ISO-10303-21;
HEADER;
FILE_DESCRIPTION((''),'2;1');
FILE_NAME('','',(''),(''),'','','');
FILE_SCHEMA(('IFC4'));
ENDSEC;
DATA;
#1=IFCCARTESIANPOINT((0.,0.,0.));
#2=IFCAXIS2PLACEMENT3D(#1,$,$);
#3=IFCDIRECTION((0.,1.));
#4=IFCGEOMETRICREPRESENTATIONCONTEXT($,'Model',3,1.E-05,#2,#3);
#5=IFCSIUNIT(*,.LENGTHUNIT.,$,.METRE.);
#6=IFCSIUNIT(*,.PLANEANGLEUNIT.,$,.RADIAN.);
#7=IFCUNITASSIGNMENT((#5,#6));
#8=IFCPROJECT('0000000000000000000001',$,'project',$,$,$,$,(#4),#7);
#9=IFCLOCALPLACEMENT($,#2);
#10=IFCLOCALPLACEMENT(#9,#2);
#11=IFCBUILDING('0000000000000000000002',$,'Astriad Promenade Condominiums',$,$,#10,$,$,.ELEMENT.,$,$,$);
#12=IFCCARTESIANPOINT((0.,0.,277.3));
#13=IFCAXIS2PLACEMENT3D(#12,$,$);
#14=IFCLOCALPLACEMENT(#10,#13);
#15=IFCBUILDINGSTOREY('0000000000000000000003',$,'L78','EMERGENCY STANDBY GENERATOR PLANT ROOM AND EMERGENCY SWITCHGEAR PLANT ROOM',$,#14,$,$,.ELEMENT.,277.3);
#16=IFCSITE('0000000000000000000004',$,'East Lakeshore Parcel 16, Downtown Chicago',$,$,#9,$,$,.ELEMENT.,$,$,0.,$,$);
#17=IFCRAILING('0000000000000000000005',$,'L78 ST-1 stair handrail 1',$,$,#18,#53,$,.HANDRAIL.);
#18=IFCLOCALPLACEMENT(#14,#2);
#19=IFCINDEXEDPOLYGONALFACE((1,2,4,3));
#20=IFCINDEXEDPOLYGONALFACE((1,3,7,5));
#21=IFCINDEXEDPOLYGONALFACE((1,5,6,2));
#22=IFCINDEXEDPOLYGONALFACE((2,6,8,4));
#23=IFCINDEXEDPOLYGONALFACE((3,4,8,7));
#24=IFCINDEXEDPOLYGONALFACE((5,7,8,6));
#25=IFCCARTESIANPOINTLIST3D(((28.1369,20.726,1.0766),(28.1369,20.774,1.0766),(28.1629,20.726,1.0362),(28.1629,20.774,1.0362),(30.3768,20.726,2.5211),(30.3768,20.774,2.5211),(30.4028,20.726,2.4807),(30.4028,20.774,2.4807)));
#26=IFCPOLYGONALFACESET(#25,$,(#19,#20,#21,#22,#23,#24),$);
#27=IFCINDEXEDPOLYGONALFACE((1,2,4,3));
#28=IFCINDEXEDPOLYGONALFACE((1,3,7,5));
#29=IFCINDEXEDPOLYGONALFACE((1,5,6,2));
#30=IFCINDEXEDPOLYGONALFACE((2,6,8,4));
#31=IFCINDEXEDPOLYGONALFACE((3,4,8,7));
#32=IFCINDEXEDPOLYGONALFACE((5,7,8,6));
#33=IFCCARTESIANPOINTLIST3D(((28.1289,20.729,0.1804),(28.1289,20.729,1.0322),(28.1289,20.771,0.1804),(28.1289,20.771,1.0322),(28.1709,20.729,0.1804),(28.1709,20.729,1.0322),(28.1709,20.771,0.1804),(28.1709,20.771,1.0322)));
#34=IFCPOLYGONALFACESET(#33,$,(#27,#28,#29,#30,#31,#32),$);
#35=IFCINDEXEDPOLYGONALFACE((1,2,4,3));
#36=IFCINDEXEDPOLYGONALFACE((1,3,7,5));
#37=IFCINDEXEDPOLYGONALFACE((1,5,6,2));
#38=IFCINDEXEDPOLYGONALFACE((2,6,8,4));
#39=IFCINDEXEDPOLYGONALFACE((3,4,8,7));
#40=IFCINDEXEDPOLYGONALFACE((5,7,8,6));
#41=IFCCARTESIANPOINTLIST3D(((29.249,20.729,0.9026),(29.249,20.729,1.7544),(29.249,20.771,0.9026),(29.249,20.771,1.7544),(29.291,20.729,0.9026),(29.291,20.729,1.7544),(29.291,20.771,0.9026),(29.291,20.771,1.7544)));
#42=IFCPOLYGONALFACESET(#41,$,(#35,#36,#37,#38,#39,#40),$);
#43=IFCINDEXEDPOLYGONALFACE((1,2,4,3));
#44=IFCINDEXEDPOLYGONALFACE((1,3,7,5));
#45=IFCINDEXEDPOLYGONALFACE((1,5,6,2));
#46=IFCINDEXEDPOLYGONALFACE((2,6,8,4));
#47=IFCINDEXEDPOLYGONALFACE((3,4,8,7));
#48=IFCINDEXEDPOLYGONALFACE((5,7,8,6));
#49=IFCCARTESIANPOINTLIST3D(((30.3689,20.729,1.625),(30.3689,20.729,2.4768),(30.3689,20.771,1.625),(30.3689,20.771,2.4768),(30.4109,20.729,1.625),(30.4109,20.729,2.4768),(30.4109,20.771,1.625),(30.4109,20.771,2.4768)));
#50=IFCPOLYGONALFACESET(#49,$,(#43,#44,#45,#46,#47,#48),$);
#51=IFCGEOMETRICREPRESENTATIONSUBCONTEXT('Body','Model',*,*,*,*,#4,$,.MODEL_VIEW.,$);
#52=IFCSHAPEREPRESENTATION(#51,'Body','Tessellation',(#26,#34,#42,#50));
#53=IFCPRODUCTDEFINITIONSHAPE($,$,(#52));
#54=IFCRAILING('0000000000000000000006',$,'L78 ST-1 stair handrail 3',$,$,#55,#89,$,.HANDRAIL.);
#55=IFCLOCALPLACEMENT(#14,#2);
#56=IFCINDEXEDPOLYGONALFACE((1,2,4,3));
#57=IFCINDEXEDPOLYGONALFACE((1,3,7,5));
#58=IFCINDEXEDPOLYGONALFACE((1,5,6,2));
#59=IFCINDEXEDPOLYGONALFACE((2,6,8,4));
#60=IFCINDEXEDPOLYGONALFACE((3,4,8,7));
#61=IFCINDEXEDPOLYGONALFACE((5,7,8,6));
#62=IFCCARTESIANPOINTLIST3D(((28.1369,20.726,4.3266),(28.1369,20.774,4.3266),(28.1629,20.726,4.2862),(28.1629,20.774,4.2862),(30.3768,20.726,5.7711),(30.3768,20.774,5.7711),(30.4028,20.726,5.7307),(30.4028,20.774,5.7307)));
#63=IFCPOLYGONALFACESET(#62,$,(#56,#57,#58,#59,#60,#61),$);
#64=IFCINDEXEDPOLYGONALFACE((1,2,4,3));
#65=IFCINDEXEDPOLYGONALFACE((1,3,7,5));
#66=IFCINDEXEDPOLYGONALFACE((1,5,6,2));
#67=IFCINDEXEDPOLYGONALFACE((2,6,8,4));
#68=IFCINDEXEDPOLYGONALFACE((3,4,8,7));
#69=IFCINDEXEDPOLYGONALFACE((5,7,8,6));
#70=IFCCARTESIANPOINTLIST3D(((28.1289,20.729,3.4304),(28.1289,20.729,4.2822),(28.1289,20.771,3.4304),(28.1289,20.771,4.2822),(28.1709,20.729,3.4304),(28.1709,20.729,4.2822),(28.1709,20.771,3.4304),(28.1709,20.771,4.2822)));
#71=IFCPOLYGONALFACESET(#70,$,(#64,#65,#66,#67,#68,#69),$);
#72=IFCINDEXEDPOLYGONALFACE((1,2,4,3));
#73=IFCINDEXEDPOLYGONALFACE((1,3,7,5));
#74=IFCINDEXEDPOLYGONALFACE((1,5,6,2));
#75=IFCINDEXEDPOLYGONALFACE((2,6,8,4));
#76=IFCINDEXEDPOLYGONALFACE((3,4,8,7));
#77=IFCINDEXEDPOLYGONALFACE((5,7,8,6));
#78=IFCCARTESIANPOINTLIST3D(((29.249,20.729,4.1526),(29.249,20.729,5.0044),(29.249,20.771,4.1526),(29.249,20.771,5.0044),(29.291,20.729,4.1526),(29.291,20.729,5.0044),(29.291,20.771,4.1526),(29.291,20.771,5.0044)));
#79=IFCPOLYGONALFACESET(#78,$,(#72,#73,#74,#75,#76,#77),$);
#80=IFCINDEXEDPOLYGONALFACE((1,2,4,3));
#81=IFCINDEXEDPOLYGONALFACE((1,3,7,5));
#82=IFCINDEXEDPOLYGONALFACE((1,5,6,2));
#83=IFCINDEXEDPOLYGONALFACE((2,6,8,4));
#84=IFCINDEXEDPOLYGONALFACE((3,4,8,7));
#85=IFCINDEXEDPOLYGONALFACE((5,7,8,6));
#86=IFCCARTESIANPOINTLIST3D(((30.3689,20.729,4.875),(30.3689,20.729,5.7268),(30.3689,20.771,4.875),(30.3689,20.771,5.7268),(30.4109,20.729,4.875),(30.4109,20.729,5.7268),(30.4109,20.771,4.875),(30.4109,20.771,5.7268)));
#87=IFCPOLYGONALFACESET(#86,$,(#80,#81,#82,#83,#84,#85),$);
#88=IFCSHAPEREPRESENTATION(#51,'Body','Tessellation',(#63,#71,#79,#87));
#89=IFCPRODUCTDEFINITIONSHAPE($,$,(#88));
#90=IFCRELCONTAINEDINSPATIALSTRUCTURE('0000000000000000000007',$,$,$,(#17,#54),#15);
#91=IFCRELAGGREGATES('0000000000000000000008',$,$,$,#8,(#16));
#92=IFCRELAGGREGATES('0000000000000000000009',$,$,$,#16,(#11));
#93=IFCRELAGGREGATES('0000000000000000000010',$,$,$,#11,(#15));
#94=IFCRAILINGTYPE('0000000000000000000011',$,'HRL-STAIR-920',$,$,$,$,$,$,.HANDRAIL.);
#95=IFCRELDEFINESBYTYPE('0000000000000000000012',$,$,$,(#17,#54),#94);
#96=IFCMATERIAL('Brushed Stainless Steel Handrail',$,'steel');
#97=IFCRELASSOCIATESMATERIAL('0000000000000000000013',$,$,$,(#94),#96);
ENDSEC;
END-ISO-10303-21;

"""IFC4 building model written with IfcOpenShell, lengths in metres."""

from ifc_helpers import new_model, si_unit, direction, frame, origin, origin_2d, place, context, subcontext, project, spatial, rectangle, extrude, source, transform, mapped, material, type_object, type_shapes, element, save


model = new_model("IFC4")

# Units and contexts
model_context = context("Model", 3, precision=1e-05, world=origin(), true_north=direction((0.0, 1.0)))
body_context = subcontext(model_context, "Body", "Model", "MODEL_VIEW")
ifc_project = project(units=[si_unit("LENGTHUNIT", "METRE"), si_unit("PLANEANGLEUNIT", "RADIAN")], contexts=[model_context])

# Site, building, storey
site_placement = place(None, origin())
site = spatial("IfcSite", under=ifc_project, at=site_placement, Name="East Lakeshore Parcel 16, Downtown Chicago", CompositionType="ELEMENT", RefElevation=0.0)
building_placement = place(site_placement, origin())
building = spatial("IfcBuilding", under=site, at=building_placement, Name="Astriad Promenade Condominiums", CompositionType="ELEMENT")
storey_placement = place(building_placement, frame((0.0, 0.0, 277.3)))
storey = spatial("IfcBuildingStorey", under=building, at=storey_placement, Name="L78", Description="EMERGENCY STANDBY GENERATOR PLANT ROOM AND EMERGENCY SWITCHGEAR PLANT ROOM", CompositionType="ELEMENT", Elevation=277.3)

# Railings
ifc_material_1 = material(Name="Brushed Stainless Steel Handrail", Category="steel")
railing_type_1 = type_object("IfcRailingType", Name="HRL-STAIR-920", PredefinedType="HANDRAIL", material=ifc_material_1)
shared_shape_1 = source(origin(), body_context, "Body", "SweptSolid", [
    extrude(rectangle(XDim=0.0481, YDim=0.0481, at=origin_2d()), frame((0.0, 0.0, 0.876), z_axis=(0.840395, 0.0, 0.541975), x_axis=(0.0, 1.0, 0.0)), (0.0, 0.0, 1.0), 2.6653),
    extrude(rectangle(XDim=0.042, YDim=0.042, at=origin_2d()), origin(), (0.0, 0.0, 1.0), 0.8518),
    extrude(rectangle(XDim=0.042, YDim=0.042, at=origin_2d()), frame((1.1201, 0.0, 0.7222)), (0.0, 0.0, 1.0), 0.8518),
    extrude(rectangle(XDim=0.042, YDim=0.042, at=origin_2d()), frame((2.24, 0.0, 1.4446)), (0.0, 0.0, 1.0), 0.8518),
])
type_shapes(railing_type_1, [shared_shape_1])
for number, where, name in (
    (1, (28.1499, 20.75, 0.1804), "L78 ST-1 stair handrail 1"),
    (2, (28.1499, 20.75, 3.4304), "L78 ST-1 stair handrail 3"),
):
    element("IfcRailing", number, at=place(storey_placement, frame(where)), inside=storey, type_object=railing_type_1, Name=name, PredefinedType="HANDRAIL", context=body_context, shape_type="MappedRepresentation", body=[
        mapped(shared_shape_1, transform((0.0, 0.0, 0.0), scale=1.0)),
    ])

save(model, "model.ifc")
